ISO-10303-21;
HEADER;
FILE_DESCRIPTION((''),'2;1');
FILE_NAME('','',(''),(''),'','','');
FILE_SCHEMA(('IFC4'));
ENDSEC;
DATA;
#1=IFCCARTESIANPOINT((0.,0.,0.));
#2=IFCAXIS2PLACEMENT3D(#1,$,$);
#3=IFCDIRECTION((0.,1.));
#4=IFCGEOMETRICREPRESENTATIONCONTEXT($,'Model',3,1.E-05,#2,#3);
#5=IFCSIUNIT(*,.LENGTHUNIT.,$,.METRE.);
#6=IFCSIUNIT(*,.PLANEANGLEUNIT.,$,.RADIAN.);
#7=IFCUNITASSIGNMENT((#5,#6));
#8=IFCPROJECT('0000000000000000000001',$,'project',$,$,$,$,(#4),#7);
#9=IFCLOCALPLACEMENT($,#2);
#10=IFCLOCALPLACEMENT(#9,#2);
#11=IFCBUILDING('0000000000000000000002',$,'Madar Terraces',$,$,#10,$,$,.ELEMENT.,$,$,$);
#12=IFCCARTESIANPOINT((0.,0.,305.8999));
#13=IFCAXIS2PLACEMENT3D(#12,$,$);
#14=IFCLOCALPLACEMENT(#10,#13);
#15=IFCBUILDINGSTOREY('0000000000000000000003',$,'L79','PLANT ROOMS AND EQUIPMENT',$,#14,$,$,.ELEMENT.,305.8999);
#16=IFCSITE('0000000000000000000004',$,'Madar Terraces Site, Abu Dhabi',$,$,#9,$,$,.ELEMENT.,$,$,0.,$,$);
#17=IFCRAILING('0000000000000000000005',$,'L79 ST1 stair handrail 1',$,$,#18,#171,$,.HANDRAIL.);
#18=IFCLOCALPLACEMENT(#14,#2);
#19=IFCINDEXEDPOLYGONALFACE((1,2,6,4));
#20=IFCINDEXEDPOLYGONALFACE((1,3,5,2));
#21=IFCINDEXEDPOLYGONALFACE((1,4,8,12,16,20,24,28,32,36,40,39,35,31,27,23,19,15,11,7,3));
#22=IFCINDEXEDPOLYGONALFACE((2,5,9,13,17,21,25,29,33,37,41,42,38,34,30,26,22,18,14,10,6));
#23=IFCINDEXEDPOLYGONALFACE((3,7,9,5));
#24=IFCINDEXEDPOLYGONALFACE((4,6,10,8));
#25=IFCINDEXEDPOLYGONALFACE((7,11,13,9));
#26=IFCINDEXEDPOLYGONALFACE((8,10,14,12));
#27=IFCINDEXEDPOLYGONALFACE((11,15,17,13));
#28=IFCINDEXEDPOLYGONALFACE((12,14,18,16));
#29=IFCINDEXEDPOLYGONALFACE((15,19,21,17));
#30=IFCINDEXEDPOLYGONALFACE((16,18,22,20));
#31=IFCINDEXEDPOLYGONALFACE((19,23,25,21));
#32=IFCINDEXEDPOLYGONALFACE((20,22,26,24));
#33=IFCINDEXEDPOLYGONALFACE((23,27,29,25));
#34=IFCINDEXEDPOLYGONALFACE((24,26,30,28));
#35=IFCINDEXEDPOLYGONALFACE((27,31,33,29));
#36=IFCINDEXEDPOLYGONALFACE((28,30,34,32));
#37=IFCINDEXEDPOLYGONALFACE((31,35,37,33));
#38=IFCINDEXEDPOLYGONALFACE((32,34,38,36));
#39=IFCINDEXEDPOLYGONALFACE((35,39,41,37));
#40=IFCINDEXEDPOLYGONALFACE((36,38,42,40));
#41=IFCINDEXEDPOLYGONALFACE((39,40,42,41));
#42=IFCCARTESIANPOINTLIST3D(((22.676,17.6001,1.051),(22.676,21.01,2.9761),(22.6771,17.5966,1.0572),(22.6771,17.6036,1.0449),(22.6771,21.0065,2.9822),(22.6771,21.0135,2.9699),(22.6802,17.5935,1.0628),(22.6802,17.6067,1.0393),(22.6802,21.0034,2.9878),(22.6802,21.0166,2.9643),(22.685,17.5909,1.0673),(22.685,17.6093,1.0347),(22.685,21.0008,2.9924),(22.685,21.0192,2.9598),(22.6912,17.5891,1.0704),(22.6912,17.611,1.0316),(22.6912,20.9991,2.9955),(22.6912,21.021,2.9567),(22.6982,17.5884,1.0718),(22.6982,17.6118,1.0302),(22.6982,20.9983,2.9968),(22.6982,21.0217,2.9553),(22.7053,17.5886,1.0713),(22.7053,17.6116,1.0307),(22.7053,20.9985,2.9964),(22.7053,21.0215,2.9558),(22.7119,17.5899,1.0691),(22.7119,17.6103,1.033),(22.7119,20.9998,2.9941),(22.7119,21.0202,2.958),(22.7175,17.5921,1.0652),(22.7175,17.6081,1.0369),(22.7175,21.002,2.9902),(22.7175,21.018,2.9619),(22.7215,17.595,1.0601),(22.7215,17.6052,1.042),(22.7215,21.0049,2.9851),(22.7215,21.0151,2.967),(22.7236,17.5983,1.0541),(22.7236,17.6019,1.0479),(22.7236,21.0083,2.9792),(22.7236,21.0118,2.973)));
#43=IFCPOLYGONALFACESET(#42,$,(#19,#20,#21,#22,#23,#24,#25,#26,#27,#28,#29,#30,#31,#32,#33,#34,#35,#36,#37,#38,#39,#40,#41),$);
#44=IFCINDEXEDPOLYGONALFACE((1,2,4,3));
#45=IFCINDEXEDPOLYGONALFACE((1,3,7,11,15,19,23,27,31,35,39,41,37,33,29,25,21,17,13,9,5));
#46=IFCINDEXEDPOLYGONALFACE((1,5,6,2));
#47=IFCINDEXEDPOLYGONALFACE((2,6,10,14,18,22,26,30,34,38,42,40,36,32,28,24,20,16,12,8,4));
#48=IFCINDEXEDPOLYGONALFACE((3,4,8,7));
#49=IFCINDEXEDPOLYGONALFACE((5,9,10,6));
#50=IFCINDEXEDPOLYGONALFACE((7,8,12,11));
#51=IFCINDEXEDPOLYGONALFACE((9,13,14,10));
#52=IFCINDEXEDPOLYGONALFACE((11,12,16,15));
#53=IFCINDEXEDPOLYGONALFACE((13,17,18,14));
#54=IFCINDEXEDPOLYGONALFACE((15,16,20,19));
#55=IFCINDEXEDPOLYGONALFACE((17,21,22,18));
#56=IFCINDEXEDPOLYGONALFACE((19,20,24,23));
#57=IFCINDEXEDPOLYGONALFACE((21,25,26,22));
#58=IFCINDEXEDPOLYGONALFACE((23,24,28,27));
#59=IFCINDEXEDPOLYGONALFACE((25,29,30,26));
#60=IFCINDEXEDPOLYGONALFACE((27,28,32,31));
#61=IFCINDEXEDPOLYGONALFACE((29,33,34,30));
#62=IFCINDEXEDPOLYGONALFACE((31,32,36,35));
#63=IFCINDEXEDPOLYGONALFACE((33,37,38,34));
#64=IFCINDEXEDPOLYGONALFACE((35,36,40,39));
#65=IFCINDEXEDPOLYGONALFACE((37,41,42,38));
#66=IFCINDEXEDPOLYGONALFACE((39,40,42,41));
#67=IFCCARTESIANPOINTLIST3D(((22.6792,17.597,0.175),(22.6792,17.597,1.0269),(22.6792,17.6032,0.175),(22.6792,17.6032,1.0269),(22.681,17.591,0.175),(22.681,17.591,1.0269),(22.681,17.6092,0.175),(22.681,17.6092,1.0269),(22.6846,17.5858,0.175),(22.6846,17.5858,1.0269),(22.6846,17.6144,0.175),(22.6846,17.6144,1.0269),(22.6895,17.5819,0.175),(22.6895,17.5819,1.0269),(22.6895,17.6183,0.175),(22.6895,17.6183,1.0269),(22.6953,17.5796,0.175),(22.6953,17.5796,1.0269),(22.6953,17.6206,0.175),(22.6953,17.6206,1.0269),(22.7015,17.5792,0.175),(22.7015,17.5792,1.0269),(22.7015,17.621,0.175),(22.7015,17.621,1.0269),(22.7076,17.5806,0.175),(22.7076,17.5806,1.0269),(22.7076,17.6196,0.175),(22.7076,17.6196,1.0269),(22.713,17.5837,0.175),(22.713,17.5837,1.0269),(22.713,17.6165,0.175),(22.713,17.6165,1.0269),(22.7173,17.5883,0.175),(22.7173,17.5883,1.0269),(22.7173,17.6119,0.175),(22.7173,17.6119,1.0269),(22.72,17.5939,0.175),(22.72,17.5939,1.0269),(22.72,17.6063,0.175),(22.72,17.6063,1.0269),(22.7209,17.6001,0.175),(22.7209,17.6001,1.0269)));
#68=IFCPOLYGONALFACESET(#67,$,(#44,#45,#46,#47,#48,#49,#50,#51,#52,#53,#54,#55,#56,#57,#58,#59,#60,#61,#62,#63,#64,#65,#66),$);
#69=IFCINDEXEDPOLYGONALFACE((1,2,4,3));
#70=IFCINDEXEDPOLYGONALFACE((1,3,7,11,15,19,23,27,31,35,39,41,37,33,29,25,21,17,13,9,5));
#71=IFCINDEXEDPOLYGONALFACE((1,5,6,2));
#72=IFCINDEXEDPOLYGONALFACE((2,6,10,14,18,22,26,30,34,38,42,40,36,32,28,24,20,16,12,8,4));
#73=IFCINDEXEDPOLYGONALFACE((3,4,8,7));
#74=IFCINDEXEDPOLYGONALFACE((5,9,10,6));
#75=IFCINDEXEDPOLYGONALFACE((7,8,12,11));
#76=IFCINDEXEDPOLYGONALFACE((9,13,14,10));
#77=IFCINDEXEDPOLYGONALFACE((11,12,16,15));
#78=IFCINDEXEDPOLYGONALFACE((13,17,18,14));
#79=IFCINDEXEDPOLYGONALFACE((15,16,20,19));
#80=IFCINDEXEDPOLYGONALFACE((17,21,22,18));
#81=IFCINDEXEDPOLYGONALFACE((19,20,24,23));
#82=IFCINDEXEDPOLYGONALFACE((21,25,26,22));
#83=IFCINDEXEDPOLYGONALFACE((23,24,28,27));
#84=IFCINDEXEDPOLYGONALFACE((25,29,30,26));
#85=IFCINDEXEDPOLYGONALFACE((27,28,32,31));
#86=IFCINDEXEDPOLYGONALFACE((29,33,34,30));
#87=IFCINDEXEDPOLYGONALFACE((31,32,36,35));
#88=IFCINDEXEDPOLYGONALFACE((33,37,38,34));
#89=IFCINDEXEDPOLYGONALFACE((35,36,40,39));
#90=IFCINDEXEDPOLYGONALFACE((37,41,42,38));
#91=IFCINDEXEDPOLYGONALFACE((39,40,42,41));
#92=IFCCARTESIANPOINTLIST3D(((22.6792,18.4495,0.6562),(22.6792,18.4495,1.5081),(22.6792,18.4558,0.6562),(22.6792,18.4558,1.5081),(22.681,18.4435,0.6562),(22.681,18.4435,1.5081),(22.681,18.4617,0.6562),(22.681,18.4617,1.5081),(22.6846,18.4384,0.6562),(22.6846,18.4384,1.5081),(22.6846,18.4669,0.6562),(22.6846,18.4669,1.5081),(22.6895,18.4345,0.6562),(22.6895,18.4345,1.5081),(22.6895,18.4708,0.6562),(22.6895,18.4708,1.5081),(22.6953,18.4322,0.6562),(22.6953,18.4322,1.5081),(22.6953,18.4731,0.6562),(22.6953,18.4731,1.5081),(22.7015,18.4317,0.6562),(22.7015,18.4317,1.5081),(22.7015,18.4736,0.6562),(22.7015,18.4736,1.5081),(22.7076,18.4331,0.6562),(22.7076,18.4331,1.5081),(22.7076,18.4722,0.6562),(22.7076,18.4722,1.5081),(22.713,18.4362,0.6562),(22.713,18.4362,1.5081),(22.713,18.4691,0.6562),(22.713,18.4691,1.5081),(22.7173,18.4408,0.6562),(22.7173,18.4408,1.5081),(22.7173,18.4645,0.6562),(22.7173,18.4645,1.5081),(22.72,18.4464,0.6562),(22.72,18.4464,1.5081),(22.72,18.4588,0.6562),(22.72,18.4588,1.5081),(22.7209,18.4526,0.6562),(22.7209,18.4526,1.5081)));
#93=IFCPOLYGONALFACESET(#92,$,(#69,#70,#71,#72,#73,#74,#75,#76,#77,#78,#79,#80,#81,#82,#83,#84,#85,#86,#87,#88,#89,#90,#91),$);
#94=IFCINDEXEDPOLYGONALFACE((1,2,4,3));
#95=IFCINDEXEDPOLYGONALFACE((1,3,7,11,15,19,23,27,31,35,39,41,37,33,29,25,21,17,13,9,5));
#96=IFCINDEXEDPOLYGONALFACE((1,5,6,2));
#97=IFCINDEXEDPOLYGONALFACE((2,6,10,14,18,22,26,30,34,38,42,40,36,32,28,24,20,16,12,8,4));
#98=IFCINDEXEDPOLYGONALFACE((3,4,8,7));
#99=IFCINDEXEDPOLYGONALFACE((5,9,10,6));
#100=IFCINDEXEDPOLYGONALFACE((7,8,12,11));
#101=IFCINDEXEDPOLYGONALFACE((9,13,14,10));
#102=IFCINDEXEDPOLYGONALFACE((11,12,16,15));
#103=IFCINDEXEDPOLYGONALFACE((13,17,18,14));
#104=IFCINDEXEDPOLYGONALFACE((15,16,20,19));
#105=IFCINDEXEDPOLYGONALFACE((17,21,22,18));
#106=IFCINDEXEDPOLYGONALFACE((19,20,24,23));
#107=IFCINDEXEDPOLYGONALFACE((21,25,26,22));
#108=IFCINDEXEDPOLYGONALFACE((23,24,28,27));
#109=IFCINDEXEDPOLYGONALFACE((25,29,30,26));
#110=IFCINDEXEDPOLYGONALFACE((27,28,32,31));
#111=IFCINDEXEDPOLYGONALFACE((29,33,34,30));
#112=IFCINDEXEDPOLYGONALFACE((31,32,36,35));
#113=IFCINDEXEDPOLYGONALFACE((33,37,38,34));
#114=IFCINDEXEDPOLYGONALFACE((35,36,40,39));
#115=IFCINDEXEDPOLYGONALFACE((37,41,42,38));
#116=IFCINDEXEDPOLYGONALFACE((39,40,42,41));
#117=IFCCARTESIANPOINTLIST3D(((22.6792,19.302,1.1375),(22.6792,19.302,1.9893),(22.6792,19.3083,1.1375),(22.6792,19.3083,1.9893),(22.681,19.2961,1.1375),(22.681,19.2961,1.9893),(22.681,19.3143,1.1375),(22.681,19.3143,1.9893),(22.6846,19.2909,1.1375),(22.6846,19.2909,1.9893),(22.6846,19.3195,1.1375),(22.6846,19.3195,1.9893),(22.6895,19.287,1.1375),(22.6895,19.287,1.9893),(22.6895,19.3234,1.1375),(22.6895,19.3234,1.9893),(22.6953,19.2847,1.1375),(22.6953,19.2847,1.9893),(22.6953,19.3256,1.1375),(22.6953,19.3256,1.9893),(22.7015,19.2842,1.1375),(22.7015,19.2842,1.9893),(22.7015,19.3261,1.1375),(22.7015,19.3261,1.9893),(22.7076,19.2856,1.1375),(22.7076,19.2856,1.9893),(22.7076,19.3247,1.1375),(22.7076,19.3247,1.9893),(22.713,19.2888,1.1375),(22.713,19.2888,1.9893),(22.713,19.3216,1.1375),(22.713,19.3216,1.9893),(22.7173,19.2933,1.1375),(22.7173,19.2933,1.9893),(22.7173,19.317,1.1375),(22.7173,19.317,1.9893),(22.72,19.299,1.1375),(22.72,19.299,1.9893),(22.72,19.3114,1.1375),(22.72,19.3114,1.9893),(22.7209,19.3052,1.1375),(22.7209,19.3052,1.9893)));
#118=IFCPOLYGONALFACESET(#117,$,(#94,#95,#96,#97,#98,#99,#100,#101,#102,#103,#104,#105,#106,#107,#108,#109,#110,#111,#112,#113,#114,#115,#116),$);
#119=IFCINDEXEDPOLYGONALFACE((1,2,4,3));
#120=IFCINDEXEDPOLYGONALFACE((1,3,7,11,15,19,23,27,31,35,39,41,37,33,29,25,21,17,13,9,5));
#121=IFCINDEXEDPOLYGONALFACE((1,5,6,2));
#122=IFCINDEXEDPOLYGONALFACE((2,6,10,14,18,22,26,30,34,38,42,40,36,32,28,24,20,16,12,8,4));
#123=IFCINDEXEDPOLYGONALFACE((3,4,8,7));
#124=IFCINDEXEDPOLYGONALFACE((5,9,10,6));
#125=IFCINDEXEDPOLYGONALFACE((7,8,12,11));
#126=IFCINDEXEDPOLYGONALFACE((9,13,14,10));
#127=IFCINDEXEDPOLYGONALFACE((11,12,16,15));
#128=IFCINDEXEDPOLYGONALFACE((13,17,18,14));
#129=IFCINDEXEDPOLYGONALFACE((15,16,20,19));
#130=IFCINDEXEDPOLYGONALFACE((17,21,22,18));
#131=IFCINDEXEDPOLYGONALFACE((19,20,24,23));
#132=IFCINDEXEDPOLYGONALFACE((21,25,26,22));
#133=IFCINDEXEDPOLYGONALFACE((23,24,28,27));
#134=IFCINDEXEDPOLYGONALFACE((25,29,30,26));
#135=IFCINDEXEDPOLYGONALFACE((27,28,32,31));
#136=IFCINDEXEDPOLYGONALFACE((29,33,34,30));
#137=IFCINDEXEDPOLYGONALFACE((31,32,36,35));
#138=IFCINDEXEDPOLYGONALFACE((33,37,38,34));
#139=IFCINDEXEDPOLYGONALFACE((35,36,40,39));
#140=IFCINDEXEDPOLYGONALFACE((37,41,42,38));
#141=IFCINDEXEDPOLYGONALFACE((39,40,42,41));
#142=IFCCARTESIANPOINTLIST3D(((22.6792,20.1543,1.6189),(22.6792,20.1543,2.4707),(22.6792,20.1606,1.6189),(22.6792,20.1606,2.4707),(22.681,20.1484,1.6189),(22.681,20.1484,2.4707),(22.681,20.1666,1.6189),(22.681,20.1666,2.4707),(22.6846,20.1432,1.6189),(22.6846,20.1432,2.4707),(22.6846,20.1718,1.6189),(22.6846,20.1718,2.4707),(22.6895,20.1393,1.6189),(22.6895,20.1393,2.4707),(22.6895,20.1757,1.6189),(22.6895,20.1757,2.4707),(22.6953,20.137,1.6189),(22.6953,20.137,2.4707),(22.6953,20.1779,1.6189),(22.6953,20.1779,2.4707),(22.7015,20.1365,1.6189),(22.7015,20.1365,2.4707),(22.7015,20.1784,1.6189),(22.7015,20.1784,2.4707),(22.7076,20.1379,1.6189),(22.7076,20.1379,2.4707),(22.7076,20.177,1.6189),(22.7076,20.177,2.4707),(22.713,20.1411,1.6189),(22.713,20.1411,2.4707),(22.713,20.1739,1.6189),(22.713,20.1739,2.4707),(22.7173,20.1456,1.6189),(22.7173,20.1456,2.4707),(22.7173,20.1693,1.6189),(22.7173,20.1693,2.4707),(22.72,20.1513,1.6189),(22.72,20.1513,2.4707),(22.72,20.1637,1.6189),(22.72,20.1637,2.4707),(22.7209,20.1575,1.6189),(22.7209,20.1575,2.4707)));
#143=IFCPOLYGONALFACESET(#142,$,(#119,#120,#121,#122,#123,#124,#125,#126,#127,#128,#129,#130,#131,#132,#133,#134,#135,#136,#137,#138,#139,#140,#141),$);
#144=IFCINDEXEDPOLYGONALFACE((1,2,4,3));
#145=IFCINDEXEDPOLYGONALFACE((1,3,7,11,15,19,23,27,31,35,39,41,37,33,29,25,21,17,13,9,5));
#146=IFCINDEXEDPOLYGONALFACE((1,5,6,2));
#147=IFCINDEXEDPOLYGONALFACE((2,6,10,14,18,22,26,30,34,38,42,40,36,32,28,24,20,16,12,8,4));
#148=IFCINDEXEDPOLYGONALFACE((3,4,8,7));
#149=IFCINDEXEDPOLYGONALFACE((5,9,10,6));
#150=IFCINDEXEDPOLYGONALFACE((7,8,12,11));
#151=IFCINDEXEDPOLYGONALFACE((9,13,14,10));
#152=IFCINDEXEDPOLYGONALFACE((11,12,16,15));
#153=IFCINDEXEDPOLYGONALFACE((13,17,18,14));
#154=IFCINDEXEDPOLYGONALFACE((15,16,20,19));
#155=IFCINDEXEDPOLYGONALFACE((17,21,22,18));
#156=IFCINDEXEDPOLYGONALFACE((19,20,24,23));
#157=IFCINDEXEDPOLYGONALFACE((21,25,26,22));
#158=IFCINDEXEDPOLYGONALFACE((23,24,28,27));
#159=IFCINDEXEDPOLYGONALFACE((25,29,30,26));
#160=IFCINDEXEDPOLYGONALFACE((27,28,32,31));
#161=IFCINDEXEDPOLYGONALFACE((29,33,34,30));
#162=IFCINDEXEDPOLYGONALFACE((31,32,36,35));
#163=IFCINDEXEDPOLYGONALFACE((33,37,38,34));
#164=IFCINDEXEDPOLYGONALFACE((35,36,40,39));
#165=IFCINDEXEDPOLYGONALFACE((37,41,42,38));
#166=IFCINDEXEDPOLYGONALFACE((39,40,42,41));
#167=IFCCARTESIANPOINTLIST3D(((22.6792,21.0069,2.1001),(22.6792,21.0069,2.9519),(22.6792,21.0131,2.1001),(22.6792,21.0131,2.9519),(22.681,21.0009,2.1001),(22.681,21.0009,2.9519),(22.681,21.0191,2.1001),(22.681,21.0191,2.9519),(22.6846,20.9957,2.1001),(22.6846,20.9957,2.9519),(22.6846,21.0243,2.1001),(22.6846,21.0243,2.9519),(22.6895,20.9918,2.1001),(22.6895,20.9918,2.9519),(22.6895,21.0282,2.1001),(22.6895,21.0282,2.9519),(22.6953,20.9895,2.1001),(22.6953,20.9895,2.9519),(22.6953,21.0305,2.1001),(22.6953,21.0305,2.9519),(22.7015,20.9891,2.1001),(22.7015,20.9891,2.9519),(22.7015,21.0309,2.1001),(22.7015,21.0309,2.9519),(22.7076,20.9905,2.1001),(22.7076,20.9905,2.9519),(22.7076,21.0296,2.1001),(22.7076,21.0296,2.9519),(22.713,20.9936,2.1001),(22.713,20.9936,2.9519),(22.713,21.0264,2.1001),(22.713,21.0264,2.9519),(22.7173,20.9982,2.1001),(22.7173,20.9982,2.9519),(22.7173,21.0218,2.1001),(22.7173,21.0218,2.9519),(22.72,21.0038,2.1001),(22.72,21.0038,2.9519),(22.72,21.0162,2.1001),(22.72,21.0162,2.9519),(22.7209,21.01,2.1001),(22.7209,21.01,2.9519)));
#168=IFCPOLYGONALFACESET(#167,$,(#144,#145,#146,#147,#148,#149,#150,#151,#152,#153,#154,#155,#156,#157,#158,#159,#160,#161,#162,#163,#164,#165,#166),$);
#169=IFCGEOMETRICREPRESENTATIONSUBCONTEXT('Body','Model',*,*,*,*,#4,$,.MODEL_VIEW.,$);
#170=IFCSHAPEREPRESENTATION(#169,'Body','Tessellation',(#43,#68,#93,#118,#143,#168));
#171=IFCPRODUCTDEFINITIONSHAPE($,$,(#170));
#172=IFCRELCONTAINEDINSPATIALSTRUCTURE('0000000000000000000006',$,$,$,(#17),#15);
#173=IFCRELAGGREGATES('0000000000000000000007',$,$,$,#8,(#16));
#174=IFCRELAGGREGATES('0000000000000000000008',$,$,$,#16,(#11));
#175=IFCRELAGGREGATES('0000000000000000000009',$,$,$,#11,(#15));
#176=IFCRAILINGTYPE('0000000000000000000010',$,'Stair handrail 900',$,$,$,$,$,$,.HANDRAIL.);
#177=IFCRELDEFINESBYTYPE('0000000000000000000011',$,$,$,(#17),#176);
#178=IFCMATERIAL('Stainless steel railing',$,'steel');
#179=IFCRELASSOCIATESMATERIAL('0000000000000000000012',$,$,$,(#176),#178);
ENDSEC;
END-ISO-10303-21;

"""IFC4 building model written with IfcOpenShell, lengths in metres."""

from ifc_helpers import new_model, si_unit, direction, frame, origin, origin_2d, place, context, subcontext, project, spatial, circle, extrude, material, type_object, element, save


model = new_model("IFC4")

# Units and contexts
model_context = context("Model", 3, precision=1e-05, world=origin(), true_north=direction((0.0, 1.0)))
body_context = subcontext(model_context, "Body", "Model", "MODEL_VIEW")
ifc_project = project(units=[si_unit("LENGTHUNIT", "METRE"), si_unit("PLANEANGLEUNIT", "RADIAN")], contexts=[model_context])

# Site, building, storey
site_placement = place(None, origin())
site = spatial("IfcSite", under=ifc_project, at=site_placement, Name="Madar Terraces Site, Abu Dhabi", CompositionType="ELEMENT", RefElevation=0.0)
building_placement = place(site_placement, origin())
building = spatial("IfcBuilding", under=site, at=building_placement, Name="Madar Terraces", CompositionType="ELEMENT")
storey_placement = place(building_placement, frame((0.0, 0.0, 305.8999)))
storey = spatial("IfcBuildingStorey", under=building, at=storey_placement, Name="L79", Description="PLANT ROOMS AND EQUIPMENT", CompositionType="ELEMENT", Elevation=305.8999)

# Railing
ifc_material_1 = material(Name="Stainless steel railing", Category="steel")
railing_type_1 = type_object("IfcRailingType", Name="Stair handrail 900", PredefinedType="HANDRAIL", material=ifc_material_1)
railing_1_placement = place(storey_placement, frame((22.7, 17.6001, 0.175)))
element("IfcRailing", 1, at=railing_1_placement, inside=storey, type_object=railing_type_1, Name="L79 ST1 stair handrail 1", PredefinedType="HANDRAIL", context=body_context, shape_type="SweptSolid", body=[
    extrude(circle(Radius=0.0239, at=origin_2d()), frame((0.0, 0.0, 0.876), z_axis=(0.0, 0.870814, 0.491613), x_axis=(-1.0, 0.0, 0.0)), (0.0, 0.0, 1.0), 3.9158),
    extrude(circle(Radius=0.021, at=origin_2d()), origin(), (0.0, 0.0, 1.0), 0.8518),
    extrude(circle(Radius=0.021, at=origin_2d()), frame((0.0, 0.8525, 0.4812)), (0.0, 0.0, 1.0), 0.8518),
    extrude(circle(Radius=0.021, at=origin_2d()), frame((0.0, 1.7051, 0.9624)), (0.0, 0.0, 1.0), 0.8518),
    extrude(circle(Radius=0.021, at=origin_2d()), frame((0.0, 2.5574, 1.4438)), (0.0, 0.0, 1.0), 0.8518),
    extrude(circle(Radius=0.021, at=origin_2d()), frame((0.0, 3.4099, 1.925)), (0.0, 0.0, 1.0), 0.8518),
])

save(model, "model.ifc")
